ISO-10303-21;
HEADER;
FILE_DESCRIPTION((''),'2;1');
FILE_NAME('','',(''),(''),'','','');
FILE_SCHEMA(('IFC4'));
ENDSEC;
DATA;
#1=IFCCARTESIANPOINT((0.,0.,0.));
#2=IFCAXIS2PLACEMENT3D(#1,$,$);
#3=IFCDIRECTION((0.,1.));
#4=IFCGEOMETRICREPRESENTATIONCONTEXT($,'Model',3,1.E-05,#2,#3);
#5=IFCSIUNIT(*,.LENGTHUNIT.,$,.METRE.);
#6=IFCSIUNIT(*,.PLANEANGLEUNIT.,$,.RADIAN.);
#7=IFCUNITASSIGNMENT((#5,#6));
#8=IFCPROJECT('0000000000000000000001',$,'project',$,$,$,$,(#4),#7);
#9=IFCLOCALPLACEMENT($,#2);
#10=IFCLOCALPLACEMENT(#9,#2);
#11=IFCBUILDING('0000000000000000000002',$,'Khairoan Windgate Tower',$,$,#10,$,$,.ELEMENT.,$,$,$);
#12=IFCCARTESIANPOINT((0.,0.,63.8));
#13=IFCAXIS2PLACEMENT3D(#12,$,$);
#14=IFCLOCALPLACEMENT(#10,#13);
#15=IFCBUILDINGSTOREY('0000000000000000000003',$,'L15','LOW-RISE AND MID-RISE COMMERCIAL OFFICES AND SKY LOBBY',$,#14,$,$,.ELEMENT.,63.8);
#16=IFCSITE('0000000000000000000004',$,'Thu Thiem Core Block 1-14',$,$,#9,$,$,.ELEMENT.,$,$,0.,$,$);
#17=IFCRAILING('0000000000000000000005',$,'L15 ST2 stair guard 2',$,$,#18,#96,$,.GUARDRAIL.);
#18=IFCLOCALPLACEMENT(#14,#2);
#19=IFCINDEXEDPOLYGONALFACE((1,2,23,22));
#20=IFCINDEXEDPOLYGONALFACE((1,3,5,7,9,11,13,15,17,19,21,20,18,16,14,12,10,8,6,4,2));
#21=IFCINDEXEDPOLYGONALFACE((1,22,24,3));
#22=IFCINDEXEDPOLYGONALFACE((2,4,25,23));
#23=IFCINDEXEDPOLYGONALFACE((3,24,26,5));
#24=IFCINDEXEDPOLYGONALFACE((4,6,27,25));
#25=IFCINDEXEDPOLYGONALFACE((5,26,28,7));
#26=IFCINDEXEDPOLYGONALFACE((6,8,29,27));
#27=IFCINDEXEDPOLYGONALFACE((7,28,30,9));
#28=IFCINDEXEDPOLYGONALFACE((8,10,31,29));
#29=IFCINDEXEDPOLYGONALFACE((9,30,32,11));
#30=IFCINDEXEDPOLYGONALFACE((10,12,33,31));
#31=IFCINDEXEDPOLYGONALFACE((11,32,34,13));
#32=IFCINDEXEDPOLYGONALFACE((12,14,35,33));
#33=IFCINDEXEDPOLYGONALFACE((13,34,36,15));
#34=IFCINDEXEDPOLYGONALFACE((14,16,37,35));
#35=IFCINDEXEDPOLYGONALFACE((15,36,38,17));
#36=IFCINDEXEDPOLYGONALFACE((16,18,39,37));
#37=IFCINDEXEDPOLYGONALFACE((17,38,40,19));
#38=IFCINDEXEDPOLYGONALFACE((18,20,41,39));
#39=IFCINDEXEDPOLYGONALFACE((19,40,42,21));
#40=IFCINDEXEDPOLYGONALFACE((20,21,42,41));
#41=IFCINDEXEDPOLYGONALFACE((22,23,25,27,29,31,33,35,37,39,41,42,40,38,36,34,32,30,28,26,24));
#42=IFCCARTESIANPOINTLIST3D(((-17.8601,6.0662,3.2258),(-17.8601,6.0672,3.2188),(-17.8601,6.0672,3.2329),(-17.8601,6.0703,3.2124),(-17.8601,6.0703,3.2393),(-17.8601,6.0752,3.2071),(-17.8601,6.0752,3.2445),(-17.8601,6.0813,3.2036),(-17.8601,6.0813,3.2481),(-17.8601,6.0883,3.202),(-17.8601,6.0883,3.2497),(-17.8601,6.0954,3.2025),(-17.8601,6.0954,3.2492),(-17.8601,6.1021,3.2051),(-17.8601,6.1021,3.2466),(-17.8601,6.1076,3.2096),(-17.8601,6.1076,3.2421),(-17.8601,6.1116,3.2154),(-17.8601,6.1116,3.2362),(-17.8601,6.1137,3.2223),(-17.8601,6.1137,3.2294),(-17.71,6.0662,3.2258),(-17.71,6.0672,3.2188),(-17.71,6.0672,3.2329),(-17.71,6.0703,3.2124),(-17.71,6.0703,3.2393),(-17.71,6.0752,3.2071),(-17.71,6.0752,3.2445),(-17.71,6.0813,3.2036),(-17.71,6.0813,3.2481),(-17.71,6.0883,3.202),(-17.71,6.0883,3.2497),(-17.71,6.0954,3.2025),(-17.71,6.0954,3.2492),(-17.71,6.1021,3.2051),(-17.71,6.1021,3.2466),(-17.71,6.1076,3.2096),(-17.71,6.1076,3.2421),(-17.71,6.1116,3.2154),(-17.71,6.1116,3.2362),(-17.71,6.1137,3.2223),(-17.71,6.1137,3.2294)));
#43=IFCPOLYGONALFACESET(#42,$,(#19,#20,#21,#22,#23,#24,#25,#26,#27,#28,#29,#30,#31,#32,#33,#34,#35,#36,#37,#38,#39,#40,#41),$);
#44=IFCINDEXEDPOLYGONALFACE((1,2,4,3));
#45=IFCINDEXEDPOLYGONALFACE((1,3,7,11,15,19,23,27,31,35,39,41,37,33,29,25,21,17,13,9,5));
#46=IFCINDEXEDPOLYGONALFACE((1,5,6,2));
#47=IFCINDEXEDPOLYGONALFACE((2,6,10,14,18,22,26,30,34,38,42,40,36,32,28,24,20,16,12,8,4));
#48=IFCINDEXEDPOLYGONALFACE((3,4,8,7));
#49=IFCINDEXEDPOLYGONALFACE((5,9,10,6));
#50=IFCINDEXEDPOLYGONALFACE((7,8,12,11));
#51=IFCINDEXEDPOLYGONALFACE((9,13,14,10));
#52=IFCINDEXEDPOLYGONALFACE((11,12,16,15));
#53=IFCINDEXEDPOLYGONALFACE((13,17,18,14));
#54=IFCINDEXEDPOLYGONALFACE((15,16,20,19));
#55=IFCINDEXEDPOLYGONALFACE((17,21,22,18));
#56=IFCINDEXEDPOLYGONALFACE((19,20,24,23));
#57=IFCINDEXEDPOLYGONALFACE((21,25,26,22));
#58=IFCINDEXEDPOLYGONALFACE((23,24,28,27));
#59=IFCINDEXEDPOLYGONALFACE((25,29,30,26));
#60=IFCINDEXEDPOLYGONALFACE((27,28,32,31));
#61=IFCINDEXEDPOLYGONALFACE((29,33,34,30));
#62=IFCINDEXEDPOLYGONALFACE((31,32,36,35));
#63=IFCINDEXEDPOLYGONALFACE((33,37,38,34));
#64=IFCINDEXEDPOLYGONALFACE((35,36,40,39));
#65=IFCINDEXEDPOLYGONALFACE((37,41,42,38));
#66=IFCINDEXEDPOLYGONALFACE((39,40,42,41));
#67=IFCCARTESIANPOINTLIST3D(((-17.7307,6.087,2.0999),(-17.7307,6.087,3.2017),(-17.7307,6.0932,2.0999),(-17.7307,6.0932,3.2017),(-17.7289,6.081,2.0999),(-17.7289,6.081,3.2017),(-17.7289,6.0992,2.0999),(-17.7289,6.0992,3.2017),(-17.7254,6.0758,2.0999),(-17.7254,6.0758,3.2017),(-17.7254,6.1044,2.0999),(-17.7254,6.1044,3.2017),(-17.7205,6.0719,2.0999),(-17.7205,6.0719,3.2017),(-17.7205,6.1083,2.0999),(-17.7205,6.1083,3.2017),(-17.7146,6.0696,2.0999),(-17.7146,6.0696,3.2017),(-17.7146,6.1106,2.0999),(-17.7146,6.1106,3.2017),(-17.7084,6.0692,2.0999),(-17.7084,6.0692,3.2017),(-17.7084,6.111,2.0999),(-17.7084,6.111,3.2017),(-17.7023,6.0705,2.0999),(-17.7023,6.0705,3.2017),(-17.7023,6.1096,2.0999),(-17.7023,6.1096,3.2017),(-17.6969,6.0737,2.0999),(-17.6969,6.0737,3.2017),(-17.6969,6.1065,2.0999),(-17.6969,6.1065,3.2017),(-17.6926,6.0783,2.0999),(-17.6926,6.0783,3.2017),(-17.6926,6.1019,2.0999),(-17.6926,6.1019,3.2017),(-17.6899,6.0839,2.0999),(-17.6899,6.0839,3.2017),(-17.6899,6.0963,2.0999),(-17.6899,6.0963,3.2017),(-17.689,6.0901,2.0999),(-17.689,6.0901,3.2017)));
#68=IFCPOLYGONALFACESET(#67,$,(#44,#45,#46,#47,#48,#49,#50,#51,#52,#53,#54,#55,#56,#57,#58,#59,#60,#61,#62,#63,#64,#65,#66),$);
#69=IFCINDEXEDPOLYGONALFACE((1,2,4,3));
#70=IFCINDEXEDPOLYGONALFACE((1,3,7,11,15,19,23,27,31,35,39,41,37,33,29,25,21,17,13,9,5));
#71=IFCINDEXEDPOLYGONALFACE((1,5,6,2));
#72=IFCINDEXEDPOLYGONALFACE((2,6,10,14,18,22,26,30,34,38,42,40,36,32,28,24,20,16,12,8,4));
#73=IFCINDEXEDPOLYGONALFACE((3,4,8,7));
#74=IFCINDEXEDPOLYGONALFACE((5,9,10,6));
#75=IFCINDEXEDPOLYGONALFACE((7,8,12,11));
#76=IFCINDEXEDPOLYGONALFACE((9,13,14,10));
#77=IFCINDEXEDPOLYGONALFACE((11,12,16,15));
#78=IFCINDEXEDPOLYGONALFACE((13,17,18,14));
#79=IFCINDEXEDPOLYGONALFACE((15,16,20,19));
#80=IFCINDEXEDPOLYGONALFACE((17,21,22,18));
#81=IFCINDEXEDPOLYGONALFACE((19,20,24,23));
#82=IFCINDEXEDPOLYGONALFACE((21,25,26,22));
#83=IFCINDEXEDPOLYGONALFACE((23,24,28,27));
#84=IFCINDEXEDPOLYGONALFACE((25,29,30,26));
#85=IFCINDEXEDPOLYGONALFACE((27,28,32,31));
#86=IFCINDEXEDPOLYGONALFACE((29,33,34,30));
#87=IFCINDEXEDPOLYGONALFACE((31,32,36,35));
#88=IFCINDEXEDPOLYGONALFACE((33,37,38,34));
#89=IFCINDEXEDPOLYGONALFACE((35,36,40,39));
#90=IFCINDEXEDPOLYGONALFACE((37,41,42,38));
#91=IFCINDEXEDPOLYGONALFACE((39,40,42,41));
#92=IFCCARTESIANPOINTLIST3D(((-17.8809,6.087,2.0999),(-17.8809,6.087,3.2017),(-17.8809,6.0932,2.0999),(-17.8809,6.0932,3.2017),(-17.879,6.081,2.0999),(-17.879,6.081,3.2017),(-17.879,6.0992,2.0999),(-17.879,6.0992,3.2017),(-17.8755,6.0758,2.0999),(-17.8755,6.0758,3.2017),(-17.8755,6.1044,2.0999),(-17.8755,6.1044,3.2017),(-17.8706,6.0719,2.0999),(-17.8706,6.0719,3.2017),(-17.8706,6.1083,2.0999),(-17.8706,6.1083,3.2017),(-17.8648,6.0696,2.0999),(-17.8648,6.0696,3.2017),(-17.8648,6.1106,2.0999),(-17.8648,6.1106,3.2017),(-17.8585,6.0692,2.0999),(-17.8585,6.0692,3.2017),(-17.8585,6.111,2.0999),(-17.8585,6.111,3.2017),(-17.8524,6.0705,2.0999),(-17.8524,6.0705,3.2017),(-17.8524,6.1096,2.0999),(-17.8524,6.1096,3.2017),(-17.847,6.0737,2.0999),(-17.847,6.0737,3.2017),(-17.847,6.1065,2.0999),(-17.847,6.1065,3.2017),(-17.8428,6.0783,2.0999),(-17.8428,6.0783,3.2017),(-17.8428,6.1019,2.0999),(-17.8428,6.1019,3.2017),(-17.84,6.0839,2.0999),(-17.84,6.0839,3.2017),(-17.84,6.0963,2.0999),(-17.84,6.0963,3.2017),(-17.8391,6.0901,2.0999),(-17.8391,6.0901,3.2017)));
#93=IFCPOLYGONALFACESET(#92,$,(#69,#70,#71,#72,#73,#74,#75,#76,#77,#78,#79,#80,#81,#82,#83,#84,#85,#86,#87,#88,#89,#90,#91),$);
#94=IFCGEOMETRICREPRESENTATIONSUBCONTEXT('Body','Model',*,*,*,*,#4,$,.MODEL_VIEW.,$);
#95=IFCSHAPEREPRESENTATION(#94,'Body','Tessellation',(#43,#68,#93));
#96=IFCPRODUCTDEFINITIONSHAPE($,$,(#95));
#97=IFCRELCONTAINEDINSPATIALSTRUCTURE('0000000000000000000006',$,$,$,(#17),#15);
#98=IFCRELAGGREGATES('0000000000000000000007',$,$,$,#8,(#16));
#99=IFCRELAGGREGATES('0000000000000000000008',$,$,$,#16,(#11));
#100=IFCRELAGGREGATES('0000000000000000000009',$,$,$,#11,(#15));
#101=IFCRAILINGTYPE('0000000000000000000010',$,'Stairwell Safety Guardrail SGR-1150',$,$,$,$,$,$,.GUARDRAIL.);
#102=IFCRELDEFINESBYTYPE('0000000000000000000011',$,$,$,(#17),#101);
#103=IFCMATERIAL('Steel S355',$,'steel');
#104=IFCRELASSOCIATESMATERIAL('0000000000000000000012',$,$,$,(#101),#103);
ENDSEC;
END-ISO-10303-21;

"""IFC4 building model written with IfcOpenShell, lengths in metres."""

from ifc_helpers import new_model, si_unit, direction, frame, origin, origin_2d, place, context, subcontext, project, spatial, circle, extrude, material, type_object, element, save


model = new_model("IFC4")

# Units and contexts
model_context = context("Model", 3, precision=1e-05, world=origin(), true_north=direction((0.0, 1.0)))
body_context = subcontext(model_context, "Body", "Model", "MODEL_VIEW")
ifc_project = project(units=[si_unit("LENGTHUNIT", "METRE"), si_unit("PLANEANGLEUNIT", "RADIAN")], contexts=[model_context])

# Site, building, storey
site_placement = place(None, origin())
site = spatial("IfcSite", under=ifc_project, at=site_placement, Name="Thu Thiem Core Block 1-14", CompositionType="ELEMENT", RefElevation=0.0)
building_placement = place(site_placement, origin())
building = spatial("IfcBuilding", under=site, at=building_placement, Name="Khairoan Windgate Tower", CompositionType="ELEMENT")
storey_placement = place(building_placement, frame((0.0, 0.0, 63.8)))
storey = spatial("IfcBuildingStorey", under=building, at=storey_placement, Name="L15", Description="LOW-RISE AND MID-RISE COMMERCIAL OFFICES AND SKY LOBBY", CompositionType="ELEMENT", Elevation=63.8)

# Railing
ifc_material_1 = material(Name="Steel S355", Category="steel")
railing_type_1 = type_object("IfcRailingType", Name="Stairwell Safety Guardrail SGR-1150", PredefinedType="GUARDRAIL", material=ifc_material_1)
railing_1_placement = place(storey_placement, frame((-17.71, 6.0901, 2.0999)))
element("IfcRailing", 1, at=railing_1_placement, inside=storey, type_object=railing_type_1, Name="L15 ST2 stair guard 2", PredefinedType="GUARDRAIL", context=body_context, shape_type="SweptSolid", body=[
    extrude(circle(Radius=0.0239, at=origin_2d()), frame((0.0, 0.0, 1.126), z_axis=(-1.0, 0.0, 0.0), x_axis=(0.0, -1.0, 0.0)), (0.0, 0.0, 1.0), 0.1501),
    extrude(circle(Radius=0.021, at=origin_2d()), origin(), (0.0, 0.0, 1.0), 1.1018),
    extrude(circle(Radius=0.021, at=origin_2d()), frame((-0.1501, 0.0, 0.0)), (0.0, 0.0, 1.0), 1.1018),
])

save(model, "model.ifc")
